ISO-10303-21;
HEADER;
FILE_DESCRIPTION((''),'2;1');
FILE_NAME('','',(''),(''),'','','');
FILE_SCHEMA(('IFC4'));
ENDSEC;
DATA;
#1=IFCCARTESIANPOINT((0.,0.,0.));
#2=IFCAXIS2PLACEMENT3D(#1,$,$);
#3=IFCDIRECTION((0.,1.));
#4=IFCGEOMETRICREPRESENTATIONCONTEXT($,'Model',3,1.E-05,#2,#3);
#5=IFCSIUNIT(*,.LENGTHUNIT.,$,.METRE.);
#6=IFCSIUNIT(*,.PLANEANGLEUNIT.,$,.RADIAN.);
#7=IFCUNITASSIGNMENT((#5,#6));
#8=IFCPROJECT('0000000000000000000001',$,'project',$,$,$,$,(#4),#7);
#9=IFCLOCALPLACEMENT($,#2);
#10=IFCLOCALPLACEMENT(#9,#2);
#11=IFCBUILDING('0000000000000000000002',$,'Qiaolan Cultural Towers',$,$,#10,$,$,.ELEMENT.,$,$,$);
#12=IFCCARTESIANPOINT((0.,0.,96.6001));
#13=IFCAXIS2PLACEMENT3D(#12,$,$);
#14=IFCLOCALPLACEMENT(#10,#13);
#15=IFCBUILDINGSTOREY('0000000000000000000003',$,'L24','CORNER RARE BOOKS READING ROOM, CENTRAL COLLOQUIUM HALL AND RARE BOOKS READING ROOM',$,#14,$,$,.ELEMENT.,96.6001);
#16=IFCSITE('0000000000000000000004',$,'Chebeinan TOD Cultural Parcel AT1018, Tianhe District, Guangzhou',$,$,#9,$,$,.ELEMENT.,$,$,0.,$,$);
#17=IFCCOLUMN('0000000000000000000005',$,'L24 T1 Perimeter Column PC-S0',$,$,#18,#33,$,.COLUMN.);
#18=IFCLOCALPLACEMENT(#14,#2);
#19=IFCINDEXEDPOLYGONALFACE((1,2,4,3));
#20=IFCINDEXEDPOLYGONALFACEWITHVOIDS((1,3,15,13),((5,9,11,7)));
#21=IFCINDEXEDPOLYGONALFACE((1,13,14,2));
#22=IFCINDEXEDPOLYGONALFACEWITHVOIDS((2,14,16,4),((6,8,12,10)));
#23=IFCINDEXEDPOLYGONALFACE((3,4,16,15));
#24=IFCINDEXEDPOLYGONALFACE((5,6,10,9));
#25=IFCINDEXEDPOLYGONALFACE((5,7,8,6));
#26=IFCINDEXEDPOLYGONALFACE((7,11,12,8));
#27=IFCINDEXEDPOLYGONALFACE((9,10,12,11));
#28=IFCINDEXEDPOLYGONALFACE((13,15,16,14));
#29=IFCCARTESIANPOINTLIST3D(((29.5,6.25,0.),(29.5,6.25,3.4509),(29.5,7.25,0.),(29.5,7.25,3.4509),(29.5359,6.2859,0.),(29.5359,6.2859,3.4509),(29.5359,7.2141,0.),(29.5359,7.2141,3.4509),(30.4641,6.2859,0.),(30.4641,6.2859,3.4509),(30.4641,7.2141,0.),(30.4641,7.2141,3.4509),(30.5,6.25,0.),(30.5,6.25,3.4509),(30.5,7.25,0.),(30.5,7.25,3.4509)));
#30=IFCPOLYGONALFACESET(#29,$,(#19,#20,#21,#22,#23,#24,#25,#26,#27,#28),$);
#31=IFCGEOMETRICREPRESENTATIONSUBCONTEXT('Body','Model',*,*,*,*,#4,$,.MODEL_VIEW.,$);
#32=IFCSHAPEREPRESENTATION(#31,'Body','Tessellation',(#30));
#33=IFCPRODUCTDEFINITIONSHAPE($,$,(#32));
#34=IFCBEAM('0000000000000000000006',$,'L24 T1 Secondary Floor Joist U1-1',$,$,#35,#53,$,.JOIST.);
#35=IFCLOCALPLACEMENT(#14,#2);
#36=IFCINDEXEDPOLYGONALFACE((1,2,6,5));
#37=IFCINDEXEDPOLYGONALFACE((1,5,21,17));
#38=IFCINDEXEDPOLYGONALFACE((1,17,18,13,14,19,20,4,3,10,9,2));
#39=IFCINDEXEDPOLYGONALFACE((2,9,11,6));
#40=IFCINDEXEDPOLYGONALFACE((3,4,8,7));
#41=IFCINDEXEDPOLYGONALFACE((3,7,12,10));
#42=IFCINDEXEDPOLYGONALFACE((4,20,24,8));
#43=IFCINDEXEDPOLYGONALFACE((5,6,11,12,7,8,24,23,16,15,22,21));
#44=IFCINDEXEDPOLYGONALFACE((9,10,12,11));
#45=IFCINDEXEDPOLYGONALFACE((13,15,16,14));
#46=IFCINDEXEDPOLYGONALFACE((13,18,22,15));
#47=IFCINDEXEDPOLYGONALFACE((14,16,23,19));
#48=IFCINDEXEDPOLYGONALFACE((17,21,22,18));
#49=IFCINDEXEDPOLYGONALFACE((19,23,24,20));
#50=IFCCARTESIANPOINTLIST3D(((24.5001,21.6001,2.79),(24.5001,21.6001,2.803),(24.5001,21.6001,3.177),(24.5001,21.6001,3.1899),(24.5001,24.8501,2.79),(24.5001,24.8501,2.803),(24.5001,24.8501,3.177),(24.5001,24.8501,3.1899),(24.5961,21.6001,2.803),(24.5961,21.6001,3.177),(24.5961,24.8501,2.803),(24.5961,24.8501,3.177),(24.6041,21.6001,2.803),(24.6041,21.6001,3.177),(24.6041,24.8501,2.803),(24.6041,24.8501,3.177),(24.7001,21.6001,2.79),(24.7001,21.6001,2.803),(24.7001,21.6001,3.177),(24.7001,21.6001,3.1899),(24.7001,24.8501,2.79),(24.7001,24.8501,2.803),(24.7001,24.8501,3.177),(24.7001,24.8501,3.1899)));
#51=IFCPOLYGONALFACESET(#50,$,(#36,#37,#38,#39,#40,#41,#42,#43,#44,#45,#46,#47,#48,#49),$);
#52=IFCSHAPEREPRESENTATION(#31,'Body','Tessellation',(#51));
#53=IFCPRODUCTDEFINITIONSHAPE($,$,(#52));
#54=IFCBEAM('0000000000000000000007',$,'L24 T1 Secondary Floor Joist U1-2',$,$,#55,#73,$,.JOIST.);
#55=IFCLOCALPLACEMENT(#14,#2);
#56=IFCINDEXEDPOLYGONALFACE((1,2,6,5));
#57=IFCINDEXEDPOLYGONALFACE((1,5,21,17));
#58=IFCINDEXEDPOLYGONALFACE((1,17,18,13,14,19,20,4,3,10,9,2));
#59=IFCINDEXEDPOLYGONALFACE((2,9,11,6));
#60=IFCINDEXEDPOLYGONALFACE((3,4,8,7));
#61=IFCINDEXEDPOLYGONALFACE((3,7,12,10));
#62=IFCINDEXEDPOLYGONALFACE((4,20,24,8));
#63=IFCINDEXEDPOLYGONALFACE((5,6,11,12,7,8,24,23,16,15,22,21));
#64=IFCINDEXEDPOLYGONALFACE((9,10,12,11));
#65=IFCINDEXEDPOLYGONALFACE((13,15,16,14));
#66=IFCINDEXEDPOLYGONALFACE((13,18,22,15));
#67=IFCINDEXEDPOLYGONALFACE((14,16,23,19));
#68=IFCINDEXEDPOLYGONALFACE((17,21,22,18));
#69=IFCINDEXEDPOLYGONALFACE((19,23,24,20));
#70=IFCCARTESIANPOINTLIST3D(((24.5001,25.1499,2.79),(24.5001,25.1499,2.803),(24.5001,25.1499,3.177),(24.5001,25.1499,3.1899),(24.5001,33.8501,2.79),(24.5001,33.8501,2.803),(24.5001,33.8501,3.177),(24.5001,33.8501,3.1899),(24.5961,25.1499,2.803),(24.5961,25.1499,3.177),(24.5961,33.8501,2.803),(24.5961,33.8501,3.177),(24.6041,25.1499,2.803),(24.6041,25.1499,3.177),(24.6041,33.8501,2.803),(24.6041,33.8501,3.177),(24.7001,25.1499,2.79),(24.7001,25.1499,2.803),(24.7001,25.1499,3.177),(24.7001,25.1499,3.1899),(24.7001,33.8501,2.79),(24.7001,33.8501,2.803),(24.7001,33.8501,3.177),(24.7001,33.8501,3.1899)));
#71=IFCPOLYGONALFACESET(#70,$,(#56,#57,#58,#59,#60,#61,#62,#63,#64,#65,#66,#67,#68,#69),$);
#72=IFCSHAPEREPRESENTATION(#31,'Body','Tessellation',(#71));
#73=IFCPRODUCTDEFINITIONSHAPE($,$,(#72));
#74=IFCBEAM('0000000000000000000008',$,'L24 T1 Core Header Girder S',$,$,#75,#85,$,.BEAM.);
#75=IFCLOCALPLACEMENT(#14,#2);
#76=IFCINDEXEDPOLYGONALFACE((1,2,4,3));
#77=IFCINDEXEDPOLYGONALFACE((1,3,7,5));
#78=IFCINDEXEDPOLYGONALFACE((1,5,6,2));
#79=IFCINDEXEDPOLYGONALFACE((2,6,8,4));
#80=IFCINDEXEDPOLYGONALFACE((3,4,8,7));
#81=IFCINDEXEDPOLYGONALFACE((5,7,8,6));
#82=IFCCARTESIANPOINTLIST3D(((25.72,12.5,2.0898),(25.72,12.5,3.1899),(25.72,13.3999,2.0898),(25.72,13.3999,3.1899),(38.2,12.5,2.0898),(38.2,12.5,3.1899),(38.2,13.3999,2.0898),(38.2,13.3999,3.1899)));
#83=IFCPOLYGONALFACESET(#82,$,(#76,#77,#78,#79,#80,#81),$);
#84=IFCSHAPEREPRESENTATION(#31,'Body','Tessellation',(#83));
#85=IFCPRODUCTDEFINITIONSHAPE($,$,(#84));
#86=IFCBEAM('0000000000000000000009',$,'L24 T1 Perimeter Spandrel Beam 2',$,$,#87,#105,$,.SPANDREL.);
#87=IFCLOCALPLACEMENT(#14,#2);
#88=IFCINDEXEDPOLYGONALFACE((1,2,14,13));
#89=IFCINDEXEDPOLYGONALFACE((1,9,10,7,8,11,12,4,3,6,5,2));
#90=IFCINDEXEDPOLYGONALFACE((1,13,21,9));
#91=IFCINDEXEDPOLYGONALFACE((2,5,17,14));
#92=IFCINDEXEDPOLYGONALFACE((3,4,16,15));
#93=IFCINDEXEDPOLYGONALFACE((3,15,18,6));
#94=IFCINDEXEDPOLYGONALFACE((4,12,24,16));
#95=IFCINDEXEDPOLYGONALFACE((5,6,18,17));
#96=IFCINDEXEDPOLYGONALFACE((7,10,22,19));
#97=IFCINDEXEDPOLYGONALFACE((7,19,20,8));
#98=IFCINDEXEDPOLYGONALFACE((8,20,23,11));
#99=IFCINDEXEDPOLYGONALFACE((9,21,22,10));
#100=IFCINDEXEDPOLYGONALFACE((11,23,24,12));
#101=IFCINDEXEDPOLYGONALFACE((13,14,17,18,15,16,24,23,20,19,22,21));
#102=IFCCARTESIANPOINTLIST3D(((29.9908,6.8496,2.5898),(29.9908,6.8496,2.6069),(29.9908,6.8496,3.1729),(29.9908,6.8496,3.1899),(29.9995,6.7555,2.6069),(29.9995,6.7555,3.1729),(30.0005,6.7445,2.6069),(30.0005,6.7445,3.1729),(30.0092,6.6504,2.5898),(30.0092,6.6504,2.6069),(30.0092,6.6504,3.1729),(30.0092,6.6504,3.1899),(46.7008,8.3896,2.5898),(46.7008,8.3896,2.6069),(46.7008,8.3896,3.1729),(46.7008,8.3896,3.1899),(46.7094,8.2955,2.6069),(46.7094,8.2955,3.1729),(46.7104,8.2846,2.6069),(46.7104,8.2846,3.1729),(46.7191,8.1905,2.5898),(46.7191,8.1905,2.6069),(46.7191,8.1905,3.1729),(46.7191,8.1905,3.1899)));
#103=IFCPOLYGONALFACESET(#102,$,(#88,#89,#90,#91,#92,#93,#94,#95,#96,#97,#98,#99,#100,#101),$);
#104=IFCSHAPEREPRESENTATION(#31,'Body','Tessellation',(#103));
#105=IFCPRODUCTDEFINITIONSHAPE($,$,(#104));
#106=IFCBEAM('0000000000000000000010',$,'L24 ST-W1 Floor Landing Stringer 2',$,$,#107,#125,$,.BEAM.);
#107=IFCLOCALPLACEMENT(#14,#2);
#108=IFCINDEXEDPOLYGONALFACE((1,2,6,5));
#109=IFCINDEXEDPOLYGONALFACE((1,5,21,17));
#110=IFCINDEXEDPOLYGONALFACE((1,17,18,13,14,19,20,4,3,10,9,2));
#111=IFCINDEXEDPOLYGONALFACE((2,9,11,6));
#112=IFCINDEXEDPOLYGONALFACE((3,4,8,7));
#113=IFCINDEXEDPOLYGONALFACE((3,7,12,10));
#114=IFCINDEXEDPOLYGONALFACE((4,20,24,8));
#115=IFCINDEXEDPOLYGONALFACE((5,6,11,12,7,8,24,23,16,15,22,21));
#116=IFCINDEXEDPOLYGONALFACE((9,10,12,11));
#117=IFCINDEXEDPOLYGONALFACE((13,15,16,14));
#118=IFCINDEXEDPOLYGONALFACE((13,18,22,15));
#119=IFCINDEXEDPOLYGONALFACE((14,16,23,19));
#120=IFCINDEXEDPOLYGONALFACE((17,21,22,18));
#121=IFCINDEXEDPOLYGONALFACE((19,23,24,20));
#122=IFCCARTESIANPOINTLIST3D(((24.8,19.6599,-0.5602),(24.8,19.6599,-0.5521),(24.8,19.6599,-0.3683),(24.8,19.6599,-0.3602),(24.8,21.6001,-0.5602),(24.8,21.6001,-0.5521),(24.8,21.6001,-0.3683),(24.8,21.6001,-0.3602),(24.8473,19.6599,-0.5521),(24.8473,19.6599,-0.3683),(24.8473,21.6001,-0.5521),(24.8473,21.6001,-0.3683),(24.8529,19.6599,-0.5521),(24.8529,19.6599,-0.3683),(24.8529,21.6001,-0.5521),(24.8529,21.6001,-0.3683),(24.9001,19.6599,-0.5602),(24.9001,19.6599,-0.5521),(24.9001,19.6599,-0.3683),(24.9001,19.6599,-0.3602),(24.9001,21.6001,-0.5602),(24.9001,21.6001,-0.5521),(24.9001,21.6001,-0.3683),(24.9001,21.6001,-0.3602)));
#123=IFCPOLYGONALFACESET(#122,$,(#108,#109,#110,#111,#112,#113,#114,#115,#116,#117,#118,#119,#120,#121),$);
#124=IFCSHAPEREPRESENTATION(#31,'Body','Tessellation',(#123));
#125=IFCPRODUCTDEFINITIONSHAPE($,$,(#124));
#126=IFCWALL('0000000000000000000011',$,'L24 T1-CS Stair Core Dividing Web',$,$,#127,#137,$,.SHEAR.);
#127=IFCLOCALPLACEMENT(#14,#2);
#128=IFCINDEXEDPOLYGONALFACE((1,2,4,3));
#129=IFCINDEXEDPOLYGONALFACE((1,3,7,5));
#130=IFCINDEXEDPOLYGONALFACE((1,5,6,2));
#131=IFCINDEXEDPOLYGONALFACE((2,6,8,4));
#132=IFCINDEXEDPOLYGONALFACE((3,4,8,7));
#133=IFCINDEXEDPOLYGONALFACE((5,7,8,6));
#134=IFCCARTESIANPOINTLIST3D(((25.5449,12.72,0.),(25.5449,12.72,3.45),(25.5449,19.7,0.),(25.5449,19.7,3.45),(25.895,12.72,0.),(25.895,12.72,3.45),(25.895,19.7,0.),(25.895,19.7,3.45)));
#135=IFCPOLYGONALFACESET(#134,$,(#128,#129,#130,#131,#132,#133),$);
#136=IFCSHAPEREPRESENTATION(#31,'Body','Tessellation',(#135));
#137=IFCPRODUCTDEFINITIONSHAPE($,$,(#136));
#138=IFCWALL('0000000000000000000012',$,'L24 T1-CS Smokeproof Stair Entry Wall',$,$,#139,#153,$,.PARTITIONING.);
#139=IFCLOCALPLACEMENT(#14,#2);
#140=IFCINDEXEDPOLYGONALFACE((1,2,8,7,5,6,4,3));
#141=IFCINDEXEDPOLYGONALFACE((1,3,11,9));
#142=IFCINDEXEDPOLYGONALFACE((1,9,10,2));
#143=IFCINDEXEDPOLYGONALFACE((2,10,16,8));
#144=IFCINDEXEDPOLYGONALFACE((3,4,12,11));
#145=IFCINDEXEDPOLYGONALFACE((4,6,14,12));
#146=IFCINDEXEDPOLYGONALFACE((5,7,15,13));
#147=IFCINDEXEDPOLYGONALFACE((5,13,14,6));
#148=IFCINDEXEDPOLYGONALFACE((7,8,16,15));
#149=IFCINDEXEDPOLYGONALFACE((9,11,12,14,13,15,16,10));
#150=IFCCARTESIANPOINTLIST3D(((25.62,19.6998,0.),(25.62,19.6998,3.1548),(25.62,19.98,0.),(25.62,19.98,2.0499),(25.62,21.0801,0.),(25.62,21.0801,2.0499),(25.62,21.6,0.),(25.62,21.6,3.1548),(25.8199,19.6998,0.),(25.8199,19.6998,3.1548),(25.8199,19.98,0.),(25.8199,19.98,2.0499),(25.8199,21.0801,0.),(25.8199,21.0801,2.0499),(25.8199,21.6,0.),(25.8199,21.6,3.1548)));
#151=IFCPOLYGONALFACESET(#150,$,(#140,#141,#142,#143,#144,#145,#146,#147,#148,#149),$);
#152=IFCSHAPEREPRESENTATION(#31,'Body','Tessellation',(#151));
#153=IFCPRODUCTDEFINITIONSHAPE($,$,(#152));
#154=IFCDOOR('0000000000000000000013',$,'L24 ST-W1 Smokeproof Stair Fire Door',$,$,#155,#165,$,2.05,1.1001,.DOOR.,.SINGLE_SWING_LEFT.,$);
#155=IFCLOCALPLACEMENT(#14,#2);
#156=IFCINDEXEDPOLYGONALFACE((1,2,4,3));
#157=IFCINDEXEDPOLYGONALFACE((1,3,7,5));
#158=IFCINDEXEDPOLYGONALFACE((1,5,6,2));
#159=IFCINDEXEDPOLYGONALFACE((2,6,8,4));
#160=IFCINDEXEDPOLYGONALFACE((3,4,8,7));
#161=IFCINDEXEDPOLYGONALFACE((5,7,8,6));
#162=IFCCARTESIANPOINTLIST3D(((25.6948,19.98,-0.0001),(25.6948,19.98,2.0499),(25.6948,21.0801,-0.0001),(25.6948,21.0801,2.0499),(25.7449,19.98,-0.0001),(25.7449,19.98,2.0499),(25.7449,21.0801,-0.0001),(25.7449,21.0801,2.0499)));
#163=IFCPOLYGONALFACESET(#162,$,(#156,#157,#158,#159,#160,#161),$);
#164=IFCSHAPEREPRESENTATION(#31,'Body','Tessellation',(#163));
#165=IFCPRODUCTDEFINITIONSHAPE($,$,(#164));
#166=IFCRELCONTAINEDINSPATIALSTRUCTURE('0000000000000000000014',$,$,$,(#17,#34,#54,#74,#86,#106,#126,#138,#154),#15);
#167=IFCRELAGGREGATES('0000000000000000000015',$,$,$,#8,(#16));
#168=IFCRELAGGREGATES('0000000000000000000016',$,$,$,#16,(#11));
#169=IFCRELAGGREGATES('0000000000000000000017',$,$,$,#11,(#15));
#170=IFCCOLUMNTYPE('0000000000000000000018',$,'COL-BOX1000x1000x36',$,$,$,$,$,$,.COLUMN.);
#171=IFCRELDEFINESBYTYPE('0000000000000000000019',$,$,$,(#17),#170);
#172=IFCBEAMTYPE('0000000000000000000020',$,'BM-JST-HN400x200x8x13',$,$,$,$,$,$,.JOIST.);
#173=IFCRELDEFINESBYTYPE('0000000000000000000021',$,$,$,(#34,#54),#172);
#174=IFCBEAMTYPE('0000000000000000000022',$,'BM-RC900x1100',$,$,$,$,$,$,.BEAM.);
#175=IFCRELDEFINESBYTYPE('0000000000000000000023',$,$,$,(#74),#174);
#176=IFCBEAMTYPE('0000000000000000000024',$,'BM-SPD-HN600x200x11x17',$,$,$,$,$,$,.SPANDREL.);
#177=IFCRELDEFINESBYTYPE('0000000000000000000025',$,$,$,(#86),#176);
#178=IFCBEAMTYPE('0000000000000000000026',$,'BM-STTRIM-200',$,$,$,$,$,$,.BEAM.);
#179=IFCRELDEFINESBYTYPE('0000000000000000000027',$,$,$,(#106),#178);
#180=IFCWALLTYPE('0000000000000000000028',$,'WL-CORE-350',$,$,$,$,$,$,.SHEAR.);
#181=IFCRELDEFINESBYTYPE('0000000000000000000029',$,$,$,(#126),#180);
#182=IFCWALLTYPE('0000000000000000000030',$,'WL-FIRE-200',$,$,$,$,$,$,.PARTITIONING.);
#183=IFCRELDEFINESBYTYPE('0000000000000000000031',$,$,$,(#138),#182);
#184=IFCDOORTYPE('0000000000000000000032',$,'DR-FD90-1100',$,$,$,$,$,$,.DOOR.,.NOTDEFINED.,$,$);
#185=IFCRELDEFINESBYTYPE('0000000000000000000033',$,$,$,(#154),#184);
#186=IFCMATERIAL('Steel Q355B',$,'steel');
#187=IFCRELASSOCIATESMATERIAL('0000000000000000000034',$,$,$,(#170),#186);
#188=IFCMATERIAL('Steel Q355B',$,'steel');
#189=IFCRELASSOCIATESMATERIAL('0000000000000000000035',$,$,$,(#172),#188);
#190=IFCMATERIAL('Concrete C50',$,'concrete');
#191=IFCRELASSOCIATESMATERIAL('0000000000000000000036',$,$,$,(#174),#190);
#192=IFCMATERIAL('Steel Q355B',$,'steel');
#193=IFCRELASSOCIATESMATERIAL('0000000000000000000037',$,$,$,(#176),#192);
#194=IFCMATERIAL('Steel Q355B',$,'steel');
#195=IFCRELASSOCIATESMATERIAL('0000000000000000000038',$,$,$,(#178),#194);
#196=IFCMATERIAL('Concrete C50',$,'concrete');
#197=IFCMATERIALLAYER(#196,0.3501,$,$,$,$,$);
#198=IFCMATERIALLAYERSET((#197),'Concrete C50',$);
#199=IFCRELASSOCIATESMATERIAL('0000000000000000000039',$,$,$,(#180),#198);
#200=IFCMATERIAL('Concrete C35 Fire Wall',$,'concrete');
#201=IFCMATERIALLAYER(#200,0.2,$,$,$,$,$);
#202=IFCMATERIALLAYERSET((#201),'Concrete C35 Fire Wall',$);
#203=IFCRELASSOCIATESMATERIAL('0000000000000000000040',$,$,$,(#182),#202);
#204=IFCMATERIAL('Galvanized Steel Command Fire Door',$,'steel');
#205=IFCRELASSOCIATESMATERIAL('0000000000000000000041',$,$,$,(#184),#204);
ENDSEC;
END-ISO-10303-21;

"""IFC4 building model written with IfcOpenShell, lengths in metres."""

from ifc_helpers import new_model, si_unit, direction, frame, frame_2d, origin, origin_2d, place, context, subcontext, project, spatial, rectangle, hollow_rectangle, i_section, extrude, material, layer, layer_set, material_profile, profile_set, type_object, element, fill, save


model = new_model("IFC4")

# Units and contexts
model_context = context("Model", 3, precision=1e-05, world=origin(), true_north=direction((0.0, 1.0)))
body_context = subcontext(model_context, "Body", "Model", "MODEL_VIEW")
ifc_project = project(units=[si_unit("LENGTHUNIT", "METRE"), si_unit("PLANEANGLEUNIT", "RADIAN")], contexts=[model_context])

# Site, building, storey
site_placement = place(None, origin())
site = spatial("IfcSite", under=ifc_project, at=site_placement, Name="Chebeinan TOD Cultural Parcel AT1018, Tianhe District, Guangzhou", CompositionType="ELEMENT", RefElevation=0.0)
building_placement = place(site_placement, origin())
building = spatial("IfcBuilding", under=site, at=building_placement, Name="Qiaolan Cultural Towers", CompositionType="ELEMENT")
storey_placement = place(building_placement, frame((0.0, 0.0, 96.6001)))
storey = spatial("IfcBuildingStorey", under=building, at=storey_placement, Name="L24", Description="CORNER RARE BOOKS READING ROOM, CENTRAL COLLOQUIUM HALL AND RARE BOOKS READING ROOM", CompositionType="ELEMENT", Elevation=96.6001)

# Column
ifc_material_1 = material(Name="Steel Q355B", Category="steel")
ifc_material_profile_1 = material_profile(ifc_material_1, hollow_rectangle(XDim=1.0, YDim=1.0, WallThickness=0.0359, at=origin_2d()), Name="BOX1000x1000x36")
ifc_profile_set_1 = profile_set([ifc_material_profile_1], Name="Steel Q355B")
column_type = type_object("IfcColumnType", Name="COL-BOX1000x1000x36", PredefinedType="COLUMN", material=ifc_profile_set_1)
column_placement = place(storey_placement, frame((30.0, 6.75, 0.0), z_axis=(0.0, 0.0, 1.0), x_axis=(1.0, 0.0, 0.0)))
element("IfcColumn", 1, at=column_placement, inside=storey, type_object=column_type, Name="L24 T1 Perimeter Column PC-S0", PredefinedType="COLUMN", context=body_context, shape_type="SweptSolid", body=[
    extrude(hollow_rectangle(XDim=1.0, YDim=1.0, WallThickness=0.0359, at=origin_2d()), origin(), (0.0, 0.0, 1.0), 3.4509),
])

# Beams
ifc_material_2 = material(Name="Steel Q355B", Category="steel")
ifc_material_profile_2 = material_profile(ifc_material_2, i_section(OverallWidth=0.2, OverallDepth=0.3999, WebThickness=0.0081, FlangeThickness=0.0129, at=origin_2d()), Name="HN400x200x8x13")
ifc_profile_set_2 = profile_set([ifc_material_profile_2], Name="Steel Q355B")
beam_type_1 = type_object("IfcBeamType", Name="BM-JST-HN400x200x8x13", PredefinedType="JOIST", material=ifc_profile_set_2)
beam_1_placement = place(storey_placement, frame((24.6001, 21.6001, 2.99), z_axis=(0.0, 1.0, 0.0), x_axis=(-1.0, 0.0, 0.0)))
element("IfcBeam", 2, at=beam_1_placement, inside=storey, type_object=beam_type_1, Name="L24 T1 Secondary Floor Joist U1-1", PredefinedType="JOIST", context=body_context, shape_type="SweptSolid", body=[
    extrude(i_section(OverallWidth=0.2, OverallDepth=0.3999, WebThickness=0.0081, FlangeThickness=0.0129, at=origin_2d()), origin(), (0.0, 0.0, 1.0), 3.25),
])
beam_2_placement = place(storey_placement, frame((24.6001, 25.1499, 2.99), z_axis=(0.0, 1.0, 0.0), x_axis=(-1.0, 0.0, 0.0)))
element("IfcBeam", 3, at=beam_2_placement, inside=storey, type_object=beam_type_1, Name="L24 T1 Secondary Floor Joist U1-2", PredefinedType="JOIST", context=body_context, shape_type="SweptSolid", body=[
    extrude(i_section(OverallWidth=0.2, OverallDepth=0.3999, WebThickness=0.0081, FlangeThickness=0.0129, at=origin_2d()), origin(), (0.0, 0.0, 1.0), 8.7002),
])
ifc_material_3 = material(Name="Concrete C50", Category="concrete")
ifc_material_profile_3 = material_profile(ifc_material_3, rectangle(XDim=0.8999, YDim=1.1001, at=origin_2d()), Name="RC900x1100")
ifc_profile_set_3 = profile_set([ifc_material_profile_3], Name="Concrete C50")
beam_type_2 = type_object("IfcBeamType", Name="BM-RC900x1100", PredefinedType="BEAM", material=ifc_profile_set_3)
beam_3_placement = place(storey_placement, frame((25.72, 12.95, 2.6399), z_axis=(1.0, 0.0, 0.0), x_axis=(0.0, 1.0, 0.0)))
element("IfcBeam", 4, at=beam_3_placement, inside=storey, type_object=beam_type_2, Name="L24 T1 Core Header Girder S", PredefinedType="BEAM", context=body_context, shape_type="SweptSolid", body=[
    extrude(rectangle(XDim=0.8999, YDim=1.1001, at=origin_2d()), origin(), (0.0, 0.0, 1.0), 12.48),
])
ifc_material_4 = material(Name="Steel Q355B", Category="steel")
ifc_material_profile_4 = material_profile(ifc_material_4, i_section(OverallWidth=0.2, OverallDepth=0.6001, WebThickness=0.011, FlangeThickness=0.0171, at=origin_2d()), Name="HN600x200x11x17")
ifc_profile_set_4 = profile_set([ifc_material_profile_4], Name="Steel Q355B")
beam_type_3 = type_object("IfcBeamType", Name="BM-SPD-HN600x200x11x17", PredefinedType="SPANDREL", material=ifc_profile_set_4)
beam_4_placement = place(storey_placement, frame((30.0, 6.75, 2.8899), z_axis=(0.99578, 0.091774, 0.0), x_axis=(-0.091774, 0.99578, 0.0)))
element("IfcBeam", 5, at=beam_4_placement, inside=storey, type_object=beam_type_3, Name="L24 T1 Perimeter Spandrel Beam 2", PredefinedType="SPANDREL", context=body_context, shape_type="SweptSolid", body=[
    extrude(i_section(OverallWidth=0.2, OverallDepth=0.6001, WebThickness=0.011, FlangeThickness=0.0171, at=origin_2d()), origin(), (0.0, 0.0, 1.0), 16.7808),
])
ifc_material_5 = material(Name="Steel Q355B", Category="steel")
ifc_material_profile_5 = material_profile(ifc_material_5, i_section(OverallWidth=0.1001, OverallDepth=0.2, WebThickness=0.0056, FlangeThickness=0.0081, at=origin_2d()), Name="HN200x100x5.5x8")
ifc_profile_set_5 = profile_set([ifc_material_profile_5], Name="Steel Q355B")
beam_type_4 = type_object("IfcBeamType", Name="BM-STTRIM-200", PredefinedType="BEAM", material=ifc_profile_set_5)
beam_5_placement = place(storey_placement, frame((24.8501, 21.6001, -0.4602), z_axis=(0.0, -1.0, 0.0), x_axis=(1.0, 0.0, 0.0)))
element("IfcBeam", 6, at=beam_5_placement, inside=storey, type_object=beam_type_4, Name="L24 ST-W1 Floor Landing Stringer 2", PredefinedType="BEAM", context=body_context, shape_type="SweptSolid", body=[
    extrude(i_section(OverallWidth=0.1001, OverallDepth=0.2, WebThickness=0.0056, FlangeThickness=0.0081, at=origin_2d()), origin(), (0.0, 0.0, 1.0), 1.9402),
])

# Wall
ifc_material_6 = material(Name="Concrete C50", Category="concrete")
ifc_layer_1 = layer(ifc_material_6, 0.3501)
ifc_layer_set_1 = layer_set([ifc_layer_1], Name="Concrete C50")
wall_type_1 = type_object("IfcWallType", Name="WL-CORE-350", PredefinedType="SHEAR", material=ifc_layer_set_1)
wall_1_placement = place(storey_placement, frame((25.72, 19.7, 0.0), z_axis=(0.0, 0.0, 1.0), x_axis=(0.0, -1.0, 0.0)))
element("IfcWall", 7, at=wall_1_placement, inside=storey, type_object=wall_type_1, Name="L24 T1-CS Stair Core Dividing Web", PredefinedType="SHEAR", context=body_context, shape_type="SweptSolid", body=[
    extrude(rectangle(XDim=6.98, YDim=0.3501, at=frame_2d((3.49, 0.0))), origin(), (0.0, 0.0, 1.0), 3.45),
])

# Wall, opening, door
ifc_material_7 = material(Name="Concrete C35 Fire Wall", Category="concrete")
ifc_layer_2 = layer(ifc_material_7, 0.2)
ifc_layer_set_2 = layer_set([ifc_layer_2], Name="Concrete C35 Fire Wall")
wall_type_2 = type_object("IfcWallType", Name="WL-FIRE-200", PredefinedType="PARTITIONING", material=ifc_layer_set_2)
wall_2_placement = place(storey_placement, frame((25.72, 21.6001, 0.0), z_axis=(0.0, 0.0, 1.0), x_axis=(0.0, -1.0, 0.0)))
wall_2 = element("IfcWall", 8, at=wall_2_placement, inside=storey, type_object=wall_type_2, Name="L24 T1-CS Smokeproof Stair Entry Wall", PredefinedType="PARTITIONING", context=body_context, shape_type="SweptSolid", body=[
    extrude(rectangle(XDim=1.9001, YDim=0.2, at=frame_2d((0.9502, 0.0))), origin(), (0.0, 0.0, 1.0), 3.1548),
])
opening_1_placement = place(wall_2_placement, frame((0.52, 0.0, 0.0)))
opening_1 = element("IfcOpeningElement", 9, at=opening_1_placement, cuts=wall_2, PredefinedType="OPENING", context=body_context, shape_type="SweptSolid", body=[
    extrude(rectangle(XDim=1.1001, YDim=2.05, at=frame_2d((0.55, 1.0249))), frame((0.0, 0.1099, 0.0), z_axis=(0.0, -1.0, 0.0), x_axis=(1.0, 0.0, 0.0)), (0.0, 0.0, 1.0), 0.22),
])
ifc_material_8 = material(Name="Galvanized Steel Command Fire Door", Category="steel")
door_type_1 = type_object("IfcDoorType", Name="DR-FD90-1100", OperationType="NOTDEFINED", PredefinedType="DOOR", material=ifc_material_8)
door_1_placement = place(opening_1_placement, origin())
door_1 = element("IfcDoor", 10, at=door_1_placement, inside=storey, type_object=door_type_1, Name="L24 ST-W1 Smokeproof Stair Fire Door", OperationType="SINGLE_SWING_LEFT", OverallHeight=2.05, OverallWidth=1.1001, PredefinedType="DOOR", context=body_context, shape_type="SweptSolid", body=[
    extrude(rectangle(XDim=1.1001, YDim=2.05, at=frame_2d((0.55, 1.0249))), frame((0.0, 0.0249, 0.0), z_axis=(0.0, -1.0, 0.0), x_axis=(1.0, 0.0, 0.0)), (0.0, 0.0, 1.0), 0.05),
])
fill(opening_1, door_1)

save(model, "model.ifc")
